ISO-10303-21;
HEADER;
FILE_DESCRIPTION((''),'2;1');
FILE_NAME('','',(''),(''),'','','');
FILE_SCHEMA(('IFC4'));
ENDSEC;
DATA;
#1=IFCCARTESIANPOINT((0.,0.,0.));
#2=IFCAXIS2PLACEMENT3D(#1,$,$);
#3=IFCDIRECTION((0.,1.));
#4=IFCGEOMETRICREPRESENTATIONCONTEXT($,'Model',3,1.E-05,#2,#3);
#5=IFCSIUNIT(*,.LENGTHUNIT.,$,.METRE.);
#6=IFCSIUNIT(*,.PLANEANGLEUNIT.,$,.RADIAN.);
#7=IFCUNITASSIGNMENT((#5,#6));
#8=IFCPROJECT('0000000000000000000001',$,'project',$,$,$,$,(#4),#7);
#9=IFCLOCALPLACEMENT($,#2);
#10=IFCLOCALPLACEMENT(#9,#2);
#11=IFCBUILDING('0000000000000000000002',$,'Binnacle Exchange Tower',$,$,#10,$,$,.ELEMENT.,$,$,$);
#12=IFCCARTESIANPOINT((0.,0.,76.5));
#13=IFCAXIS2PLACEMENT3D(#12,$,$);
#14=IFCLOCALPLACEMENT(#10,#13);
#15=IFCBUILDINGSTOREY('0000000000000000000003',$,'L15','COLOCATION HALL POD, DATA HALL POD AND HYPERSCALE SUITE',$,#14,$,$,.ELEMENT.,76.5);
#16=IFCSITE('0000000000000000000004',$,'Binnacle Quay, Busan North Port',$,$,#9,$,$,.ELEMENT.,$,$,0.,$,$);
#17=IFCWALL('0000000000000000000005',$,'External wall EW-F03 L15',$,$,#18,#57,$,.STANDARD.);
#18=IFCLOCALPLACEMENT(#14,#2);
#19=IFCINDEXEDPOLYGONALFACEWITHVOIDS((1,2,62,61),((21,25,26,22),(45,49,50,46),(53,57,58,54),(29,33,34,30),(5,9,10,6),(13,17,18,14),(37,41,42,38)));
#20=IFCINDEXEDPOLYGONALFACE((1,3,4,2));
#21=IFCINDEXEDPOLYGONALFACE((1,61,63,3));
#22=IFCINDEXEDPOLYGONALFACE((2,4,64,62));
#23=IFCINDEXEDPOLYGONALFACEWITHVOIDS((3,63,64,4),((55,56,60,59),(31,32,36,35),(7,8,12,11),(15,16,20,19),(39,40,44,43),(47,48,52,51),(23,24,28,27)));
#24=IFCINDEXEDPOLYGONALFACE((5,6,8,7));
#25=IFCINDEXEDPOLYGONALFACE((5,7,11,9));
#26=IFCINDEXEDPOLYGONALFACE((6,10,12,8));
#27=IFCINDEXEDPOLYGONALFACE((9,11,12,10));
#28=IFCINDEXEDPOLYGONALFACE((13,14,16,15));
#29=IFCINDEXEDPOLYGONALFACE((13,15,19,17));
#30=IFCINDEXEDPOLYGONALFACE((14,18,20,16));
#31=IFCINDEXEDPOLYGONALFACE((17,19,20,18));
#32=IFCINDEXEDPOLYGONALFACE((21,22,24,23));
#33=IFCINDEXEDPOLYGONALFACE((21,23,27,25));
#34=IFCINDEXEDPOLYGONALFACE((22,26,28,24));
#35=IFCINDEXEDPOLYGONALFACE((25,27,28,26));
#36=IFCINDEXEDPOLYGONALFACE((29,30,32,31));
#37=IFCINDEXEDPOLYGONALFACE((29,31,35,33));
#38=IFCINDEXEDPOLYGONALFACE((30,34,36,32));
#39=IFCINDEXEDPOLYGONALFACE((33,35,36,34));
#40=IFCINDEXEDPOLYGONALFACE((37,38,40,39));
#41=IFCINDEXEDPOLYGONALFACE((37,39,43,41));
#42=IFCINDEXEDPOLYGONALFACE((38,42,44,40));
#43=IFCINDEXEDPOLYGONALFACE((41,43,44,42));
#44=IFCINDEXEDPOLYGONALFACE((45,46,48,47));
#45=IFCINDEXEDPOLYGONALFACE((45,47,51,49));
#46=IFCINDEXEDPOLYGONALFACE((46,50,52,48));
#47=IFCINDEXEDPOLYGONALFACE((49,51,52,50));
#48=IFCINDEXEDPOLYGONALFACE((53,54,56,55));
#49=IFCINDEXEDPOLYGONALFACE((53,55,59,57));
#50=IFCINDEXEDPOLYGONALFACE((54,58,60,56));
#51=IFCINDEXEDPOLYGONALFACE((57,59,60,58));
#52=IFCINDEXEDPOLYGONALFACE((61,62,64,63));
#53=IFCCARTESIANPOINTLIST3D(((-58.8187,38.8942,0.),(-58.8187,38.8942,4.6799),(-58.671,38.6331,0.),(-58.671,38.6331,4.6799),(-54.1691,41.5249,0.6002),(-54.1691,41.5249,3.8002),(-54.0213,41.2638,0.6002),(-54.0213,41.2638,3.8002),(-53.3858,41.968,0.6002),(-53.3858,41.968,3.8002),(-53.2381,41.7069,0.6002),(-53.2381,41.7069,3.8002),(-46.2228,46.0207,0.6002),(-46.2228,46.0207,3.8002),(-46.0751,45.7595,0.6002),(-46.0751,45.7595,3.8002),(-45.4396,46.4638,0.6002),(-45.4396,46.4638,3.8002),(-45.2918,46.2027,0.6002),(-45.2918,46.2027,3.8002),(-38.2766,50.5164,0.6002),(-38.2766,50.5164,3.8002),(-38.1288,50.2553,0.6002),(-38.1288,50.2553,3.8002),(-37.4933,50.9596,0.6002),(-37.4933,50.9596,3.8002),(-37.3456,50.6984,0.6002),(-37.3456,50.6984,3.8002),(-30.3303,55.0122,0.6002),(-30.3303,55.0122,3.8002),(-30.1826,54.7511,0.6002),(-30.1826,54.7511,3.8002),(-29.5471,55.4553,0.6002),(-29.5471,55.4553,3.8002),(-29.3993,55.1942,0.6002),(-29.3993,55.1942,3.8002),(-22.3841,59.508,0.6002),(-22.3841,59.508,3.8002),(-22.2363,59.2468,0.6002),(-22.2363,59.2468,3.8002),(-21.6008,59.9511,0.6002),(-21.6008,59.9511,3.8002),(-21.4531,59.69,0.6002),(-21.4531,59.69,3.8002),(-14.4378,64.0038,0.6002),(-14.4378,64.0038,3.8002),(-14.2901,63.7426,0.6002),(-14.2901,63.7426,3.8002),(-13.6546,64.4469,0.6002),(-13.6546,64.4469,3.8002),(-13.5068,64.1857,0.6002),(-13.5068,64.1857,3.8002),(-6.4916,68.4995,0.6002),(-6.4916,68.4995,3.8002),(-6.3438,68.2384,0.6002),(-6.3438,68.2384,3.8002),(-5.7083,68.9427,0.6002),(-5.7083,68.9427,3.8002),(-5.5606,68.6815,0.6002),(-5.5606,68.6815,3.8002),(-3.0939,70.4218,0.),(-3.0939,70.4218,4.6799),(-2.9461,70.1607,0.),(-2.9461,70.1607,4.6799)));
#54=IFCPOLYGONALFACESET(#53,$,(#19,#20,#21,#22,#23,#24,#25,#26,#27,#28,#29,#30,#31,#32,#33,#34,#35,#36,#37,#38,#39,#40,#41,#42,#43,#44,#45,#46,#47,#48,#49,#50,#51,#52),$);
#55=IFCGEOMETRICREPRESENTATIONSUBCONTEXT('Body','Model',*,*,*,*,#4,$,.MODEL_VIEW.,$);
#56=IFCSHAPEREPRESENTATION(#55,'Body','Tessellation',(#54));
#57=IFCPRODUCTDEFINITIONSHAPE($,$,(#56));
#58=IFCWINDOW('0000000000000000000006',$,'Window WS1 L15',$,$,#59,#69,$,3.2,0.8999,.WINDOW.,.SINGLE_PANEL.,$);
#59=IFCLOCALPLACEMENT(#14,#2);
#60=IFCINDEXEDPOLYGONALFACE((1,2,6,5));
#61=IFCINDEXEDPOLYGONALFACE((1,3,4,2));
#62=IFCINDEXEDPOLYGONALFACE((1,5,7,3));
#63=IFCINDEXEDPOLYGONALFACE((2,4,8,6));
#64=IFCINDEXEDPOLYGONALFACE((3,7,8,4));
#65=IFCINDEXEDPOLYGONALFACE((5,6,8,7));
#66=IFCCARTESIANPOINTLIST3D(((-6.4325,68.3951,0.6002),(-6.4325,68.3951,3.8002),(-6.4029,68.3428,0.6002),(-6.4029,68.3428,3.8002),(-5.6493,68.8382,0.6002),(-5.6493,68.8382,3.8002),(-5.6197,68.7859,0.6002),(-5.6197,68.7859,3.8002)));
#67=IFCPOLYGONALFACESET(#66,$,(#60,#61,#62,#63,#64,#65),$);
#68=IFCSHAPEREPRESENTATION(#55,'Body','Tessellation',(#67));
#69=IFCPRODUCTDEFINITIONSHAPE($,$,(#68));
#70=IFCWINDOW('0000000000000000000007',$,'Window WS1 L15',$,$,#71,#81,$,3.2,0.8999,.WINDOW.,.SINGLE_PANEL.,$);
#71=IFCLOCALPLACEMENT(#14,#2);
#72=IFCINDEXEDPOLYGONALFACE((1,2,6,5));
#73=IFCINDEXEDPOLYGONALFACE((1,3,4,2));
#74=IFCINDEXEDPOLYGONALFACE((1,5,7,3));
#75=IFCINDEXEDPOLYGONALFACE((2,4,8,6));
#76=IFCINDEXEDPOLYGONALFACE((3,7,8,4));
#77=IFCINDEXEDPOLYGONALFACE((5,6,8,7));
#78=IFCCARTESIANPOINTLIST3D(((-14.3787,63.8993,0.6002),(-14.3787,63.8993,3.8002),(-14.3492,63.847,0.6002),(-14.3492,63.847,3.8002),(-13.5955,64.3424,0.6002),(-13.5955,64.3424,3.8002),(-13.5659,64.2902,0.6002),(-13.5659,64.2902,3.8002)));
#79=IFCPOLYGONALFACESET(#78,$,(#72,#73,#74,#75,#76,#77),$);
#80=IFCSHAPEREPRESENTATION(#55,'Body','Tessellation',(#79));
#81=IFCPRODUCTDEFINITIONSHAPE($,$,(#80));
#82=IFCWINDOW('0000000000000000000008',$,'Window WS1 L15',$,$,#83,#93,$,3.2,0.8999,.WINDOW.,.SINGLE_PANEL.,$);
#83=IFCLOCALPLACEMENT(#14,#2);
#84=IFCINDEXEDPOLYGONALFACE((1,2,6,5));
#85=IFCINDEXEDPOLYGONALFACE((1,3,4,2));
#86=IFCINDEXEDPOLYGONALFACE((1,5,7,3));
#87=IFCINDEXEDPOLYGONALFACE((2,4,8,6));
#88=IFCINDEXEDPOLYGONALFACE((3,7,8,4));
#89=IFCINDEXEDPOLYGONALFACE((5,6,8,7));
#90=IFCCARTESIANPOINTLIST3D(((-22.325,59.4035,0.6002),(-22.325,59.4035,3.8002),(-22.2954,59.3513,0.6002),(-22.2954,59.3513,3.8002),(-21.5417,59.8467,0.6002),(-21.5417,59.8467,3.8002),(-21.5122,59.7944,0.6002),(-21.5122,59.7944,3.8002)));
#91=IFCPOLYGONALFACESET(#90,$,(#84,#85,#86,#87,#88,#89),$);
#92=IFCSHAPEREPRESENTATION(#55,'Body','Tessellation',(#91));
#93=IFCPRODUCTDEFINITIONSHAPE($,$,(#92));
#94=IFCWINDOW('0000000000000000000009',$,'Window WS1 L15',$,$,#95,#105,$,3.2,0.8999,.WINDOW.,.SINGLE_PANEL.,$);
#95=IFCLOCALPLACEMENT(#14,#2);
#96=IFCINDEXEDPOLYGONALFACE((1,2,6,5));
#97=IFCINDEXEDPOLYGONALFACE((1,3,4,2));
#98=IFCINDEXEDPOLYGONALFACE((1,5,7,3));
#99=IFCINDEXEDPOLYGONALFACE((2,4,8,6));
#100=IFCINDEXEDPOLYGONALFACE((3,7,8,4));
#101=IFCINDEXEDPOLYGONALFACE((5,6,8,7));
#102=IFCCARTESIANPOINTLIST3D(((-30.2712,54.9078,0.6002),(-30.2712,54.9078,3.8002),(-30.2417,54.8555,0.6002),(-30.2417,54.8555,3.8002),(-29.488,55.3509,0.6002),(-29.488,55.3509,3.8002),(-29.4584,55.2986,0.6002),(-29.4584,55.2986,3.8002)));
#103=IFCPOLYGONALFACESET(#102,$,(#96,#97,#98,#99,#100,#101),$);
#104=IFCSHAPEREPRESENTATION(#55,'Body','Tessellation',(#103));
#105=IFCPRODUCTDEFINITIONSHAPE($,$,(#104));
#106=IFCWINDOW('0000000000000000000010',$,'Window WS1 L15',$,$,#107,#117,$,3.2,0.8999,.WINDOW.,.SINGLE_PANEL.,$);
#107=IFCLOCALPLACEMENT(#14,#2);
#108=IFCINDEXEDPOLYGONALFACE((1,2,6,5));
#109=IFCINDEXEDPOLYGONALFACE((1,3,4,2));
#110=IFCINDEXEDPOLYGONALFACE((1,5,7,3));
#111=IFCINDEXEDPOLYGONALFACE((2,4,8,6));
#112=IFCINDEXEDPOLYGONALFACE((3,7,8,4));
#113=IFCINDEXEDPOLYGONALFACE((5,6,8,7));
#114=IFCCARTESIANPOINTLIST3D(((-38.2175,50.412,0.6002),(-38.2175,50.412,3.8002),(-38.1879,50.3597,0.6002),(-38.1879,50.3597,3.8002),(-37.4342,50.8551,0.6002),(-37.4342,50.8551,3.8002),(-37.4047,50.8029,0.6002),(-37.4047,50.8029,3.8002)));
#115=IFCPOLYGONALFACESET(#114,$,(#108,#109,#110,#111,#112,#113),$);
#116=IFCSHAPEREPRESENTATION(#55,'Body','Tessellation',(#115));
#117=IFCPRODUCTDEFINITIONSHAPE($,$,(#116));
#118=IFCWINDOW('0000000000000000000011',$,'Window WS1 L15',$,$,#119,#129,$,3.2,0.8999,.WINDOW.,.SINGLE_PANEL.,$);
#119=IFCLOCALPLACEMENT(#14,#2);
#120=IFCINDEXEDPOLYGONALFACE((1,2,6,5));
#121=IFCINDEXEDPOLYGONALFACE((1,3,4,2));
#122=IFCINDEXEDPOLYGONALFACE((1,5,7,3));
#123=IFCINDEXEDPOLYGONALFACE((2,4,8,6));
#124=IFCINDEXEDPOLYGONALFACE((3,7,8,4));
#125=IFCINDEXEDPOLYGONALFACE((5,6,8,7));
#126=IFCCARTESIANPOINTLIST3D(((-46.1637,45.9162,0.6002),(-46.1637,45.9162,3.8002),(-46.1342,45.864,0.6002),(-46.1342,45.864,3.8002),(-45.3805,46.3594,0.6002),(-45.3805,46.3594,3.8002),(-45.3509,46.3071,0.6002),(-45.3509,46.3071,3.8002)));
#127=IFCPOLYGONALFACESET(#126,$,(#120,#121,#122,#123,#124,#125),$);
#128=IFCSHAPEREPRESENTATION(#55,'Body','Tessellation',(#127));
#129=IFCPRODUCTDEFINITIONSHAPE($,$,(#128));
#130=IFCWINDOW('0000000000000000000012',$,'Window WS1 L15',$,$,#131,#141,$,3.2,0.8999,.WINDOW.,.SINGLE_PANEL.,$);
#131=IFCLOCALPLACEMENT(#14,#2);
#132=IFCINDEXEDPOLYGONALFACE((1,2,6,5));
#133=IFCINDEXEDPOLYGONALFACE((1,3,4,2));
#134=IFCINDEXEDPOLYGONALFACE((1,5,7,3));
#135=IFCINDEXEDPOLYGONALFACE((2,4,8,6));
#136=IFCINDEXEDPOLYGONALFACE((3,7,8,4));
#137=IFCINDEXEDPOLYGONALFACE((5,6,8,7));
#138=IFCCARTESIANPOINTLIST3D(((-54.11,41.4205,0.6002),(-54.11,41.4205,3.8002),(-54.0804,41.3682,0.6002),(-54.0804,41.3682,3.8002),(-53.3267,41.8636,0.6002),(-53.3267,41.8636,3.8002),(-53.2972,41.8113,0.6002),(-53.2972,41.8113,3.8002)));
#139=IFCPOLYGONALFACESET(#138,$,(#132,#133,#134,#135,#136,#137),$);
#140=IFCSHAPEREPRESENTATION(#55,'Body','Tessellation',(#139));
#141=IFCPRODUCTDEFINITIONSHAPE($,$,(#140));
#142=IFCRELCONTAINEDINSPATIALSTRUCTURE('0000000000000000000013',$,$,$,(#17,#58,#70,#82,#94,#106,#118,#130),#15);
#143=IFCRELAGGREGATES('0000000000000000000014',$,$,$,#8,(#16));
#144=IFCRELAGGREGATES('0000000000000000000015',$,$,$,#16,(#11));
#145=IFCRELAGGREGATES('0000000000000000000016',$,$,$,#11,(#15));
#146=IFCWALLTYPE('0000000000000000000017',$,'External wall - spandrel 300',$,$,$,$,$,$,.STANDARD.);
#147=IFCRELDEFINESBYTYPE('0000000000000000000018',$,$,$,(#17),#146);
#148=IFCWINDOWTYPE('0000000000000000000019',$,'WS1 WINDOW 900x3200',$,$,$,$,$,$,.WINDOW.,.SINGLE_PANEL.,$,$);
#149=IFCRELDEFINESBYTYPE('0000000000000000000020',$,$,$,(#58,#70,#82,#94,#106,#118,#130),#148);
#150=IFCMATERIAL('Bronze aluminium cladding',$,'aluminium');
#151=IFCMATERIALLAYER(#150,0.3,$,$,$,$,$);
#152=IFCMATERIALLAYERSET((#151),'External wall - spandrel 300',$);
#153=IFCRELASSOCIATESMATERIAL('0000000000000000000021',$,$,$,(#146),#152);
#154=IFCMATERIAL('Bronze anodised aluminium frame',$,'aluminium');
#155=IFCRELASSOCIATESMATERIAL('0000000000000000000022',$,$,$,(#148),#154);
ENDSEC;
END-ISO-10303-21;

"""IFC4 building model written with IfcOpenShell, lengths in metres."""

from ifc_helpers import new_model, si_unit, direction, frame, frame_2d, origin, place, context, subcontext, project, spatial, rectangle, extrude, material, layer, layer_set, type_object, element, fill, save


model = new_model("IFC4")

# Units and contexts
model_context = context("Model", 3, precision=1e-05, world=origin(), true_north=direction((0.0, 1.0)))
body_context = subcontext(model_context, "Body", "Model", "MODEL_VIEW")
ifc_project = project(units=[si_unit("LENGTHUNIT", "METRE"), si_unit("PLANEANGLEUNIT", "RADIAN")], contexts=[model_context])

# Site, building, storey
site_placement = place(None, origin())
site = spatial("IfcSite", under=ifc_project, at=site_placement, Name="Binnacle Quay, Busan North Port", CompositionType="ELEMENT", RefElevation=0.0)
building_placement = place(site_placement, origin())
building = spatial("IfcBuilding", under=site, at=building_placement, Name="Binnacle Exchange Tower", CompositionType="ELEMENT")
storey_placement = place(building_placement, frame((0.0, 0.0, 76.5)))
storey = spatial("IfcBuildingStorey", under=building, at=storey_placement, Name="L15", Description="COLOCATION HALL POD, DATA HALL POD AND HYPERSCALE SUITE", CompositionType="ELEMENT", Elevation=76.5)

# Wall, openings, windows
ifc_material_1 = material(Name="Bronze aluminium cladding", Category="aluminium")
ifc_layer_1 = layer(ifc_material_1, 0.3)
ifc_layer_set_1 = layer_set([ifc_layer_1], Name="External wall - spandrel 300")
wall_type_1 = type_object("IfcWallType", Name="External wall - spandrel 300", PredefinedType="STANDARD", material=ifc_layer_set_1)
wall_1_placement = place(storey_placement, frame((-58.7449, 38.7637, 0.0), z_axis=(0.0, 0.0, 1.0), x_axis=(0.870356, 0.492423, 0.0)))
wall_1 = element("IfcWall", 1, at=wall_1_placement, inside=storey, type_object=wall_type_1, Name="External wall EW-F03 L15", PredefinedType="STANDARD", context=body_context, shape_type="SweptSolid", body=[
    extrude(rectangle(XDim=64.0254, YDim=0.3, at=frame_2d((32.0127, 0.0))), origin(), (0.0, 0.0, 1.0), 4.6799),
])
opening_1_placement = place(wall_1_placement, frame((60.1216, 0.0, 0.6001)))
opening_1 = element("IfcOpeningElement", 2, at=opening_1_placement, cuts=wall_1, PredefinedType="OPENING", context=body_context, shape_type="SweptSolid", body=[
    extrude(rectangle(XDim=0.8999, YDim=3.2, at=frame_2d((0.45, 1.6001))), frame((0.0, 0.1599, 0.0), z_axis=(0.0, -1.0, 0.0), x_axis=(1.0, 0.0, 0.0)), (0.0, 0.0, 1.0), 0.3201),
])
opening_2_placement = place(wall_1_placement, frame((50.9917, 0.0, 0.6001)))
opening_2 = element("IfcOpeningElement", 3, at=opening_2_placement, cuts=wall_1, PredefinedType="OPENING", context=body_context, shape_type="SweptSolid", body=[
    extrude(rectangle(XDim=0.8999, YDim=3.2, at=frame_2d((0.45, 1.6001))), frame((0.0, 0.1599, 0.0), z_axis=(0.0, -1.0, 0.0), x_axis=(1.0, 0.0, 0.0)), (0.0, 0.0, 1.0), 0.3201),
])
opening_3_placement = place(wall_1_placement, frame((41.8618, 0.0, 0.6001)))
opening_3 = element("IfcOpeningElement", 4, at=opening_3_placement, cuts=wall_1, PredefinedType="OPENING", context=body_context, shape_type="SweptSolid", body=[
    extrude(rectangle(XDim=0.8999, YDim=3.2, at=frame_2d((0.45, 1.6001))), frame((0.0, 0.1599, 0.0), z_axis=(0.0, -1.0, 0.0), x_axis=(1.0, 0.0, 0.0)), (0.0, 0.0, 1.0), 0.3201),
])
opening_4_placement = place(wall_1_placement, frame((32.7319, 0.0, 0.6001)))
opening_4 = element("IfcOpeningElement", 5, at=opening_4_placement, cuts=wall_1, PredefinedType="OPENING", context=body_context, shape_type="SweptSolid", body=[
    extrude(rectangle(XDim=0.8999, YDim=3.2, at=frame_2d((0.45, 1.6001))), frame((0.0, 0.1599, 0.0), z_axis=(0.0, -1.0, 0.0), x_axis=(1.0, 0.0, 0.0)), (0.0, 0.0, 1.0), 0.3201),
])
opening_5_placement = place(wall_1_placement, frame((23.6021, 0.0, 0.6001)))
opening_5 = element("IfcOpeningElement", 6, at=opening_5_placement, cuts=wall_1, PredefinedType="OPENING", context=body_context, shape_type="SweptSolid", body=[
    extrude(rectangle(XDim=0.8999, YDim=3.2, at=frame_2d((0.45, 1.6001))), frame((0.0, 0.1599, 0.0), z_axis=(0.0, -1.0, 0.0), x_axis=(1.0, 0.0, 0.0)), (0.0, 0.0, 1.0), 0.3201),
])
opening_6_placement = place(wall_1_placement, frame((14.4722, 0.0, 0.6001)))
opening_6 = element("IfcOpeningElement", 7, at=opening_6_placement, cuts=wall_1, PredefinedType="OPENING", context=body_context, shape_type="SweptSolid", body=[
    extrude(rectangle(XDim=0.8999, YDim=3.2, at=frame_2d((0.45, 1.6001))), frame((0.0, 0.1599, 0.0), z_axis=(0.0, -1.0, 0.0), x_axis=(1.0, 0.0, 0.0)), (0.0, 0.0, 1.0), 0.3201),
])
opening_7_placement = place(wall_1_placement, frame((5.3423, 0.0, 0.6001)))
opening_7 = element("IfcOpeningElement", 8, at=opening_7_placement, cuts=wall_1, PredefinedType="OPENING", context=body_context, shape_type="SweptSolid", body=[
    extrude(rectangle(XDim=0.8999, YDim=3.2, at=frame_2d((0.45, 1.6001))), frame((0.0, 0.1599, 0.0), z_axis=(0.0, -1.0, 0.0), x_axis=(1.0, 0.0, 0.0)), (0.0, 0.0, 1.0), 0.3201),
])
ifc_material_2 = material(Name="Bronze anodised aluminium frame", Category="aluminium")
window_type = type_object("IfcWindowType", Name="WS1 WINDOW 900x3200", PartitioningType="SINGLE_PANEL", PredefinedType="WINDOW", material=ifc_material_2)
window_1_placement = place(opening_1_placement, origin())
window_1 = element("IfcWindow", 9, at=window_1_placement, inside=storey, type_object=window_type, Name="Window WS1 L15", OverallHeight=3.2, OverallWidth=0.8999, PartitioningType="SINGLE_PANEL", PredefinedType="WINDOW", context=body_context, shape_type="SweptSolid", body=[
    extrude(rectangle(XDim=0.8999, YDim=3.2, at=frame_2d((0.45, 1.6001))), frame((0.0, 0.03, 0.0), z_axis=(0.0, -1.0, 0.0), x_axis=(1.0, 0.0, 0.0)), (0.0, 0.0, 1.0), 0.0601),
])
fill(opening_1, window_1)
window_2_placement = place(opening_2_placement, origin())
window_2 = element("IfcWindow", 10, at=window_2_placement, inside=storey, type_object=window_type, Name="Window WS1 L15", OverallHeight=3.2, OverallWidth=0.8999, PartitioningType="SINGLE_PANEL", PredefinedType="WINDOW", context=body_context, shape_type="SweptSolid", body=[
    extrude(rectangle(XDim=0.8999, YDim=3.2, at=frame_2d((0.45, 1.6001))), frame((0.0, 0.03, 0.0), z_axis=(0.0, -1.0, 0.0), x_axis=(1.0, 0.0, 0.0)), (0.0, 0.0, 1.0), 0.0601),
])
fill(opening_2, window_2)
window_3_placement = place(opening_3_placement, origin())
window_3 = element("IfcWindow", 11, at=window_3_placement, inside=storey, type_object=window_type, Name="Window WS1 L15", OverallHeight=3.2, OverallWidth=0.8999, PartitioningType="SINGLE_PANEL", PredefinedType="WINDOW", context=body_context, shape_type="SweptSolid", body=[
    extrude(rectangle(XDim=0.8999, YDim=3.2, at=frame_2d((0.45, 1.6001))), frame((0.0, 0.03, 0.0), z_axis=(0.0, -1.0, 0.0), x_axis=(1.0, 0.0, 0.0)), (0.0, 0.0, 1.0), 0.0601),
])
fill(opening_3, window_3)
window_4_placement = place(opening_4_placement, origin())
window_4 = element("IfcWindow", 12, at=window_4_placement, inside=storey, type_object=window_type, Name="Window WS1 L15", OverallHeight=3.2, OverallWidth=0.8999, PartitioningType="SINGLE_PANEL", PredefinedType="WINDOW", context=body_context, shape_type="SweptSolid", body=[
    extrude(rectangle(XDim=0.8999, YDim=3.2, at=frame_2d((0.45, 1.6001))), frame((0.0, 0.03, 0.0), z_axis=(0.0, -1.0, 0.0), x_axis=(1.0, 0.0, 0.0)), (0.0, 0.0, 1.0), 0.0601),
])
fill(opening_4, window_4)
window_5_placement = place(opening_5_placement, origin())
window_5 = element("IfcWindow", 13, at=window_5_placement, inside=storey, type_object=window_type, Name="Window WS1 L15", OverallHeight=3.2, OverallWidth=0.8999, PartitioningType="SINGLE_PANEL", PredefinedType="WINDOW", context=body_context, shape_type="SweptSolid", body=[
    extrude(rectangle(XDim=0.8999, YDim=3.2, at=frame_2d((0.45, 1.6001))), frame((0.0, 0.03, 0.0), z_axis=(0.0, -1.0, 0.0), x_axis=(1.0, 0.0, 0.0)), (0.0, 0.0, 1.0), 0.0601),
])
fill(opening_5, window_5)
window_6_placement = place(opening_6_placement, origin())
window_6 = element("IfcWindow", 14, at=window_6_placement, inside=storey, type_object=window_type, Name="Window WS1 L15", OverallHeight=3.2, OverallWidth=0.8999, PartitioningType="SINGLE_PANEL", PredefinedType="WINDOW", context=body_context, shape_type="SweptSolid", body=[
    extrude(rectangle(XDim=0.8999, YDim=3.2, at=frame_2d((0.45, 1.6001))), frame((0.0, 0.03, 0.0), z_axis=(0.0, -1.0, 0.0), x_axis=(1.0, 0.0, 0.0)), (0.0, 0.0, 1.0), 0.0601),
])
fill(opening_6, window_6)
window_7_placement = place(opening_7_placement, origin())
window_7 = element("IfcWindow", 15, at=window_7_placement, inside=storey, type_object=window_type, Name="Window WS1 L15", OverallHeight=3.2, OverallWidth=0.8999, PartitioningType="SINGLE_PANEL", PredefinedType="WINDOW", context=body_context, shape_type="SweptSolid", body=[
    extrude(rectangle(XDim=0.8999, YDim=3.2, at=frame_2d((0.45, 1.6001))), frame((0.0, 0.03, 0.0), z_axis=(0.0, -1.0, 0.0), x_axis=(1.0, 0.0, 0.0)), (0.0, 0.0, 1.0), 0.0601),
])
fill(opening_7, window_7)

save(model, "model.ifc")
